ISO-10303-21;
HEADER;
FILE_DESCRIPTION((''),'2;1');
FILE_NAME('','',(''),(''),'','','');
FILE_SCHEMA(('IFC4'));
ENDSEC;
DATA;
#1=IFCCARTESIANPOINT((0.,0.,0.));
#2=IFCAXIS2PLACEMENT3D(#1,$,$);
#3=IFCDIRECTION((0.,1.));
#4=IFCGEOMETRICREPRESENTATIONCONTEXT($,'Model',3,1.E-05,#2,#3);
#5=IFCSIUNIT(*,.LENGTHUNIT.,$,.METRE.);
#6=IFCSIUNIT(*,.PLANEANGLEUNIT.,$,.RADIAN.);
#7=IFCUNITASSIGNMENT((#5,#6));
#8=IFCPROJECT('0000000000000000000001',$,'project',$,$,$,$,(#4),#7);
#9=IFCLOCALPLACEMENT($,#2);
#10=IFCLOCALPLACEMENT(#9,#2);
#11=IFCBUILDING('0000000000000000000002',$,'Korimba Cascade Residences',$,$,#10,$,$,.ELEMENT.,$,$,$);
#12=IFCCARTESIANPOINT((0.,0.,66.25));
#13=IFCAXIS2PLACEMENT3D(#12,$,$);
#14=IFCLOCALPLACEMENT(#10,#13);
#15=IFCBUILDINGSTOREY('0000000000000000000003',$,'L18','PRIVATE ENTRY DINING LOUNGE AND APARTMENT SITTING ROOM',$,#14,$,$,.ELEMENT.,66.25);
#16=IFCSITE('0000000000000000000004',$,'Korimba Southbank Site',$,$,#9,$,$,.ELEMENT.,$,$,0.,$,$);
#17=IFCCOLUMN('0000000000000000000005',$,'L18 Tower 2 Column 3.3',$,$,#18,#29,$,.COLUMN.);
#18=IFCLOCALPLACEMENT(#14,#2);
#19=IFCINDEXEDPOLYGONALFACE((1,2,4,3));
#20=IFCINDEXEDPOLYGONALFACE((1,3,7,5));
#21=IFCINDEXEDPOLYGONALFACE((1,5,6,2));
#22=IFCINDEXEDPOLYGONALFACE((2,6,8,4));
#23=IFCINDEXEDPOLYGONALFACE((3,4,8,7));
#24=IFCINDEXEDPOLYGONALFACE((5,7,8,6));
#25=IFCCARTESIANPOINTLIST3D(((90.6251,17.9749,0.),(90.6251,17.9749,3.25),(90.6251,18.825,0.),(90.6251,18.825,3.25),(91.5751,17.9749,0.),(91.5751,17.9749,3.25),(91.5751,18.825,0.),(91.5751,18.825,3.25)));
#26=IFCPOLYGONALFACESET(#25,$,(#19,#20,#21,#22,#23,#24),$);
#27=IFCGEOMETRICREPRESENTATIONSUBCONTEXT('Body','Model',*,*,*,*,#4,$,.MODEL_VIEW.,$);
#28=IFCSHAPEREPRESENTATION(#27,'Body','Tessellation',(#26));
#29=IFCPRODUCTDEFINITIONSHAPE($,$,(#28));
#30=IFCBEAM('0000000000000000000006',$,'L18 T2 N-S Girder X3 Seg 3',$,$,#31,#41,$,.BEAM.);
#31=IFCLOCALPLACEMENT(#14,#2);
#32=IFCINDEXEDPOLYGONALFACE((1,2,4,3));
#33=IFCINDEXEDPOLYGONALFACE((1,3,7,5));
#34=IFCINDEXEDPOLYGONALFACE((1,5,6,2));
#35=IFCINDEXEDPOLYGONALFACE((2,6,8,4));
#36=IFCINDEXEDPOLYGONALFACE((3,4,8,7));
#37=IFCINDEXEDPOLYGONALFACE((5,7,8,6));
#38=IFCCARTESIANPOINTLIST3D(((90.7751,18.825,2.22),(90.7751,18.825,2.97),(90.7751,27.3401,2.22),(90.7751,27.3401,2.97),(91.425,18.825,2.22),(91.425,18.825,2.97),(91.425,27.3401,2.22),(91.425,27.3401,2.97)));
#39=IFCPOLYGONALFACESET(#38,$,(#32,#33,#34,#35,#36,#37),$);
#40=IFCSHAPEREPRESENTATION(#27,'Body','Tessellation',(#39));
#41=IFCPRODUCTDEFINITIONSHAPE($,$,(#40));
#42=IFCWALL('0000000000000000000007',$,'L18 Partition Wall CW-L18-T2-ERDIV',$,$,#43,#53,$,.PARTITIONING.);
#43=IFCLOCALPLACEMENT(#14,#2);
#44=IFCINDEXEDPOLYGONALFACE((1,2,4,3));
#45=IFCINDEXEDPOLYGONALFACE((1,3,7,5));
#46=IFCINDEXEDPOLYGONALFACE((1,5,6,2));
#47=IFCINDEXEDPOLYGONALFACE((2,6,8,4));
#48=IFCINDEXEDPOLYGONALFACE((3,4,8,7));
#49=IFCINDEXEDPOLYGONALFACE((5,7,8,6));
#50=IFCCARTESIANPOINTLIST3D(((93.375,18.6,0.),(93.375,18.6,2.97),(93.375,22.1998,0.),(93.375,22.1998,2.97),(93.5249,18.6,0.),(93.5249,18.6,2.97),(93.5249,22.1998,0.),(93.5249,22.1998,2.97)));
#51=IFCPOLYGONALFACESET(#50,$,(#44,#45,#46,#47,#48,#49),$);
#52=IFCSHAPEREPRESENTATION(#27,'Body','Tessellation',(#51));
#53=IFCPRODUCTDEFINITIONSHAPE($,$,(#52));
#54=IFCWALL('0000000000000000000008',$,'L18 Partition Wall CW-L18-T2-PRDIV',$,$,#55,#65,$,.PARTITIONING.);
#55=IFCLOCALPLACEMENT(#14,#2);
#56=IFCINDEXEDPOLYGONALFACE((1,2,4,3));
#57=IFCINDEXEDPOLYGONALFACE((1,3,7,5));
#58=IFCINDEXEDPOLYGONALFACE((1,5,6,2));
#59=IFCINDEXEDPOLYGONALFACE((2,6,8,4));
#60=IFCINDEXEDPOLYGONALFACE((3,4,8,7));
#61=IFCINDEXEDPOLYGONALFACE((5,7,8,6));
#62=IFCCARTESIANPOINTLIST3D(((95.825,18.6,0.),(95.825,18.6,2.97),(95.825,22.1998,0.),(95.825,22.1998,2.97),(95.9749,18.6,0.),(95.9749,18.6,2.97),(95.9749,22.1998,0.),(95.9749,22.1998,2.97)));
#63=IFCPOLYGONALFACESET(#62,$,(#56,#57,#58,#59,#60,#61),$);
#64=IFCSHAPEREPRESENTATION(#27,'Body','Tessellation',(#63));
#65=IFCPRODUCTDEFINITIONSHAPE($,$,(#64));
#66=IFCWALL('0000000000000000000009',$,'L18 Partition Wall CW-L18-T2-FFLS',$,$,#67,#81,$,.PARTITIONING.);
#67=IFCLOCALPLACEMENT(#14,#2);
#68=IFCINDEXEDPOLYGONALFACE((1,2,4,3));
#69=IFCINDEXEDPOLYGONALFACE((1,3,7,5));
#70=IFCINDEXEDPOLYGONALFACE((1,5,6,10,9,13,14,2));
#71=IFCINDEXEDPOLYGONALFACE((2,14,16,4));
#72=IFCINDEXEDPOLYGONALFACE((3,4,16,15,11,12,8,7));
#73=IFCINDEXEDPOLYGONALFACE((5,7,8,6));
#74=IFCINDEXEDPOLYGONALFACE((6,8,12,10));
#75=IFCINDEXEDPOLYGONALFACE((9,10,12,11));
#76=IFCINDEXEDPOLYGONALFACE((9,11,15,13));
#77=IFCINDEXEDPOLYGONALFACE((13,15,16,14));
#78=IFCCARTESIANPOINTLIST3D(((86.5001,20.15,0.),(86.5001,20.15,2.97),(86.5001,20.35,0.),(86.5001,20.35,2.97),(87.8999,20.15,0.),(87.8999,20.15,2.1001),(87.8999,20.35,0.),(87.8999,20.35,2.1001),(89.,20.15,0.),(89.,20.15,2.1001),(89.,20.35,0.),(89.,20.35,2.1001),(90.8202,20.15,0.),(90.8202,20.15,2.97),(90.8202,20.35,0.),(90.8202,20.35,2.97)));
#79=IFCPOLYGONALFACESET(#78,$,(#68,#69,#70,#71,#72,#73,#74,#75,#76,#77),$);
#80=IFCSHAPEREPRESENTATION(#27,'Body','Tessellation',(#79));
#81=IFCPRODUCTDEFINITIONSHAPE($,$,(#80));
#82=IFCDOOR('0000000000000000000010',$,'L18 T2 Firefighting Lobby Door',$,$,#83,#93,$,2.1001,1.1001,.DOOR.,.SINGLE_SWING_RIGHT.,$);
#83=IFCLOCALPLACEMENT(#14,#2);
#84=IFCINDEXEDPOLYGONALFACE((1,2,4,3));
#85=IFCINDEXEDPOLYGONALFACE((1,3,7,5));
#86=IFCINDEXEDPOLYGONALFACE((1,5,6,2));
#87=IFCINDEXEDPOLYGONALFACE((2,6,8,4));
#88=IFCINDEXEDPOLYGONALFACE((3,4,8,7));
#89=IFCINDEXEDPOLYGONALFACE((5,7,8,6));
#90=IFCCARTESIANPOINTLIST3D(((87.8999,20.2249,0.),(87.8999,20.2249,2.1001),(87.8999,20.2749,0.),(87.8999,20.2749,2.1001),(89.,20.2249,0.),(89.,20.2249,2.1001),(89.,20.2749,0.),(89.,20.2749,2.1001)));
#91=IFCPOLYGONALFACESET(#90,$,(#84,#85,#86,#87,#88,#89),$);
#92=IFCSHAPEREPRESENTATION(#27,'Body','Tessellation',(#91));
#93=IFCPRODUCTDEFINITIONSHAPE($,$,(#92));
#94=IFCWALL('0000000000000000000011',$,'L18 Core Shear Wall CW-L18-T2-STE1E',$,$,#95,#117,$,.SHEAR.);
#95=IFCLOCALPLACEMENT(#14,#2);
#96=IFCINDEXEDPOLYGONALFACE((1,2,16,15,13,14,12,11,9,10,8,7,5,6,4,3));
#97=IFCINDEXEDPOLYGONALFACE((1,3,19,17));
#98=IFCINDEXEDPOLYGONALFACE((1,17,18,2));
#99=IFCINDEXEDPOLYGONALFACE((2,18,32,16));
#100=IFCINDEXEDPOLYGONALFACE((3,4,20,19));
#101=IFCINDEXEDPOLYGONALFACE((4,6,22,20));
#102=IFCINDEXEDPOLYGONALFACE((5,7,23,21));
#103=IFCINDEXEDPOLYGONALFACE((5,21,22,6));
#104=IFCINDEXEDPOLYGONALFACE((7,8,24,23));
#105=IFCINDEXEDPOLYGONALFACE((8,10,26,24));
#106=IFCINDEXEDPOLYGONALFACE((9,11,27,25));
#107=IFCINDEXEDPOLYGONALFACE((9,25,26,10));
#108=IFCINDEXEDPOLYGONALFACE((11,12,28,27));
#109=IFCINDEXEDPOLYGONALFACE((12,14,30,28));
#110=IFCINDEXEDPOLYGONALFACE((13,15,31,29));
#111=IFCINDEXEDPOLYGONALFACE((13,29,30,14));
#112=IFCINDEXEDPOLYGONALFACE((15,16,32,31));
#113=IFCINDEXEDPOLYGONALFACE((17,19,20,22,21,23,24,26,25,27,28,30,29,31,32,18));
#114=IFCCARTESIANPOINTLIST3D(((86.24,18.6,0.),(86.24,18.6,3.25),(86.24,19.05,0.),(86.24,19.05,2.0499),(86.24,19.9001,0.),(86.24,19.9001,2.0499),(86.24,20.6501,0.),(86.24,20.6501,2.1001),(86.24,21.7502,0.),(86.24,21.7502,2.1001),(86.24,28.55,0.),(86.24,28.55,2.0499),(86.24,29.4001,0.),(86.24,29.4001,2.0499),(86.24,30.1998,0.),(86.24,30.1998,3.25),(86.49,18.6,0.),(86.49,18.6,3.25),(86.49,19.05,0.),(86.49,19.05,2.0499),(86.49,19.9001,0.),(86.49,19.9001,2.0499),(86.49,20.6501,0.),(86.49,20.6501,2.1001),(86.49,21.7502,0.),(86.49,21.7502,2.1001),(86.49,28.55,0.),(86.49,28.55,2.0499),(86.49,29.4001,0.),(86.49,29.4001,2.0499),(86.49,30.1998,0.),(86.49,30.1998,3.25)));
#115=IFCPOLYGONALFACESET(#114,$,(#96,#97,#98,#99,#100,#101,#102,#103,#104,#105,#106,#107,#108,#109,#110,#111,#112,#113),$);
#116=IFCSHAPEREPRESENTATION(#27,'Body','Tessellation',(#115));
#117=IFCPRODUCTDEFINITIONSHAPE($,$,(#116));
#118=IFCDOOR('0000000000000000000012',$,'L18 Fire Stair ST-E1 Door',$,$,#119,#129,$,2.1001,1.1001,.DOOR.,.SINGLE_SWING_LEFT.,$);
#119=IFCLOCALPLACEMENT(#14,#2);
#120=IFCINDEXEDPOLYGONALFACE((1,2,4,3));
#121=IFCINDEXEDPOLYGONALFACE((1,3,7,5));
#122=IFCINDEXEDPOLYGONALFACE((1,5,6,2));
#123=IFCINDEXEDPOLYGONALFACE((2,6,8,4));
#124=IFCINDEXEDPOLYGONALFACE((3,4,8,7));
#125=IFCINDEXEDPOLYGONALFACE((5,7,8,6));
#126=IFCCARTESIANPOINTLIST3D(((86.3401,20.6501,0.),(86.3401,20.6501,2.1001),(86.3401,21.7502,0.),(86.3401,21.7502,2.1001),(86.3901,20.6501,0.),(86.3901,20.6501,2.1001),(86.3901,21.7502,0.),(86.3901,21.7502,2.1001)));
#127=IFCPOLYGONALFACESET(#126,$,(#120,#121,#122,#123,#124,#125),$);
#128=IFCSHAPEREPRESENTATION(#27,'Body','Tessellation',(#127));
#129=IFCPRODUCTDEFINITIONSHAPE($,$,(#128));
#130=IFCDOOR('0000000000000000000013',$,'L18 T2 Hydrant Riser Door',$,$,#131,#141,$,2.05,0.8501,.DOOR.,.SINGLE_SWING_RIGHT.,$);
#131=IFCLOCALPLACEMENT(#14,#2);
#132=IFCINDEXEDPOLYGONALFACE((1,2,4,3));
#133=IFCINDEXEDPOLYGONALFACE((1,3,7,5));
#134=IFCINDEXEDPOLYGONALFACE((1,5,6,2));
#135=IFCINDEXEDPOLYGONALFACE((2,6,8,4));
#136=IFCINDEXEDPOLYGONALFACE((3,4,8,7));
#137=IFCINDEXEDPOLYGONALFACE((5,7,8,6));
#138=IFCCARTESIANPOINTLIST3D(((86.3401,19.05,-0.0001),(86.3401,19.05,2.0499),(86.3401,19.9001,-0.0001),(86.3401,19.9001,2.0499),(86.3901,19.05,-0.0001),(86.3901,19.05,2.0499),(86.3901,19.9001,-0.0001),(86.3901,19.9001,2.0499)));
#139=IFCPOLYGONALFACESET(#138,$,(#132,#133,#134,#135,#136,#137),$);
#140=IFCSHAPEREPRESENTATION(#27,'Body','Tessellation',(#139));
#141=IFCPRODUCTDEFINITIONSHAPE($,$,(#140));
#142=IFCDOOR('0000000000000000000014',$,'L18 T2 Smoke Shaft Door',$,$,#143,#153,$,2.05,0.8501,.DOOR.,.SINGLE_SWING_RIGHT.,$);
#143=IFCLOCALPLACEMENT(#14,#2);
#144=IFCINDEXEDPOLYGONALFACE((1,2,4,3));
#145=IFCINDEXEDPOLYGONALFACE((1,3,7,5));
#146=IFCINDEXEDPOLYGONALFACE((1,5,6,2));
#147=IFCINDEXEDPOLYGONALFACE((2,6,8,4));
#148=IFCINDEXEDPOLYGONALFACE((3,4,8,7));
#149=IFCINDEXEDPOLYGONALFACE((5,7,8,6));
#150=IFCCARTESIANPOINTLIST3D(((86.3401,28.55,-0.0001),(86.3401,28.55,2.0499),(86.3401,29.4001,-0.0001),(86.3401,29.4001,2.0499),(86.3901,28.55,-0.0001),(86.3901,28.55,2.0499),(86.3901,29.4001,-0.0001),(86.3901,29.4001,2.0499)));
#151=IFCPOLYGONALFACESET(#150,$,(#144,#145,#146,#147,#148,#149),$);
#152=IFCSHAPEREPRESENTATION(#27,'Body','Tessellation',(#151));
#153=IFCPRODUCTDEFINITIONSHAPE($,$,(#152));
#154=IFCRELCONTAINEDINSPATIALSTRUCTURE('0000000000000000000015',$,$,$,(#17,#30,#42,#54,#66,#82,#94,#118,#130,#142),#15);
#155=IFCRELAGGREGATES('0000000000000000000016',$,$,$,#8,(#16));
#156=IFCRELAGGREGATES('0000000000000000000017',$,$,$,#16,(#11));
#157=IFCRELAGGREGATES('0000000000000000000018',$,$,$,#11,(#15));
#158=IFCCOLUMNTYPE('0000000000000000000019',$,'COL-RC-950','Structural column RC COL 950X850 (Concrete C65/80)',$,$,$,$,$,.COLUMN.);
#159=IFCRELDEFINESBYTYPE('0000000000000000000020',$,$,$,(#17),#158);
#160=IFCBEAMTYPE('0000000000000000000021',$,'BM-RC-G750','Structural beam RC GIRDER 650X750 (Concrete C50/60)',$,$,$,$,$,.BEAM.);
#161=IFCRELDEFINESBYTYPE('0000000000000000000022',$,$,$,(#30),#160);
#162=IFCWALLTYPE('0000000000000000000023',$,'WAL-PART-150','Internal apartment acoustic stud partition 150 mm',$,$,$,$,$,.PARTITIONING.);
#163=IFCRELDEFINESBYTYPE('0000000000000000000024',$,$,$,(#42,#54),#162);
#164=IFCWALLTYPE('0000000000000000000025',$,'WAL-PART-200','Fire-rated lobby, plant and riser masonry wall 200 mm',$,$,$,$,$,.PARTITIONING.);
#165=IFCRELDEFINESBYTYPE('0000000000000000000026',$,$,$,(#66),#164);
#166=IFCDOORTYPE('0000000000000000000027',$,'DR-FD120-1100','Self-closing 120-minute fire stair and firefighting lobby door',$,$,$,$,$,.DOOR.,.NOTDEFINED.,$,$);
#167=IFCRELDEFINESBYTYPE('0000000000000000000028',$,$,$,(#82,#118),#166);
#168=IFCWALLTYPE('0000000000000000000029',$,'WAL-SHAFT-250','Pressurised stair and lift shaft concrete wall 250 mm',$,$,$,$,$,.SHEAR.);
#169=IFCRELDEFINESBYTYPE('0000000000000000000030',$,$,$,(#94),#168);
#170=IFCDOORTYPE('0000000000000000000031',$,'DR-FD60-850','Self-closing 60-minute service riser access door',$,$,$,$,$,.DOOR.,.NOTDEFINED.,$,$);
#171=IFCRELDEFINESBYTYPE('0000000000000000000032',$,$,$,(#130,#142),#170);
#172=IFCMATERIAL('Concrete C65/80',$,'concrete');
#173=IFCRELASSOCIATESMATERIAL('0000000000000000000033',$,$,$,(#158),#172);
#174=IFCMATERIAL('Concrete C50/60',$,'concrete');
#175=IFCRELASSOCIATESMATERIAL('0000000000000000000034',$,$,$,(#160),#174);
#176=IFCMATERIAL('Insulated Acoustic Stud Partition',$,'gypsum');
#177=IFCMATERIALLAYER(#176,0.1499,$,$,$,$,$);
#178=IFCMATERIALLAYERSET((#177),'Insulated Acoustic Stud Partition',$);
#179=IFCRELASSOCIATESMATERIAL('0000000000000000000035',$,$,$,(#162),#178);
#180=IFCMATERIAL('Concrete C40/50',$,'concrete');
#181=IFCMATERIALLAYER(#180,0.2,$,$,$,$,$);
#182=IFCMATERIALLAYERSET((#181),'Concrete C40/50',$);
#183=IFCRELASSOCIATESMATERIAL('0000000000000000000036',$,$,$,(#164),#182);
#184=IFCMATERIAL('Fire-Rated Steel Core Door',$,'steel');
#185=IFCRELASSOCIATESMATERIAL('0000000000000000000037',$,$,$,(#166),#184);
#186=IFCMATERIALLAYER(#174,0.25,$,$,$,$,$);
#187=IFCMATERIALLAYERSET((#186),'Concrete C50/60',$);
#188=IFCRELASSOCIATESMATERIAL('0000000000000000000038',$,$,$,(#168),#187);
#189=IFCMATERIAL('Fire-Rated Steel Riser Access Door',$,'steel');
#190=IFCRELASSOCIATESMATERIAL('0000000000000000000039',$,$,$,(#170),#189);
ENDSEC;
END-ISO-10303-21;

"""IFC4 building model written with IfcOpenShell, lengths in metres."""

from ifc_helpers import new_model, si_unit, direction, frame, frame_2d, origin, origin_2d, place, context, subcontext, project, spatial, rectangle, extrude, material, layer, layer_set, material_profile, profile_set, type_object, element, fill, save


model = new_model("IFC4")

# Units and contexts
model_context = context("Model", 3, precision=1e-05, world=origin(), true_north=direction((0.0, 1.0)))
body_context = subcontext(model_context, "Body", "Model", "MODEL_VIEW")
ifc_project = project(units=[si_unit("LENGTHUNIT", "METRE"), si_unit("PLANEANGLEUNIT", "RADIAN")], contexts=[model_context])

# Site, building, storey
site_placement = place(None, origin())
site = spatial("IfcSite", under=ifc_project, at=site_placement, Name="Korimba Southbank Site", CompositionType="ELEMENT", RefElevation=0.0)
building_placement = place(site_placement, origin())
building = spatial("IfcBuilding", under=site, at=building_placement, Name="Korimba Cascade Residences", CompositionType="ELEMENT")
storey_placement = place(building_placement, frame((0.0, 0.0, 66.25)))
storey = spatial("IfcBuildingStorey", under=building, at=storey_placement, Name="L18", Description="PRIVATE ENTRY DINING LOUNGE AND APARTMENT SITTING ROOM", CompositionType="ELEMENT", Elevation=66.25)

# Column
ifc_material_1 = material(Name="Concrete C65/80", Category="concrete")
ifc_material_profile_1 = material_profile(ifc_material_1, rectangle(XDim=0.95, YDim=0.8501, at=origin_2d()), Name="Concrete C65/80")
ifc_profile_set_1 = profile_set([ifc_material_profile_1], Name="Concrete C65/80")
column_type = type_object("IfcColumnType", Name="COL-RC-950", Description="Structural column RC COL 950X850 (Concrete C65/80)", PredefinedType="COLUMN", material=ifc_profile_set_1)
column_placement = place(storey_placement, frame((91.1001, 18.3999, 0.0), z_axis=(0.0, 0.0, 1.0), x_axis=(1.0, 0.0, 0.0)))
element("IfcColumn", 1, at=column_placement, inside=storey, type_object=column_type, Name="L18 Tower 2 Column 3.3", PredefinedType="COLUMN", context=body_context, shape_type="SweptSolid", body=[
    extrude(rectangle(XDim=0.95, YDim=0.8501, at=origin_2d()), origin(), (0.0, 0.0, 1.0), 3.25),
])

# Beam
ifc_material_2 = material(Name="Concrete C50/60", Category="concrete")
ifc_material_profile_2 = material_profile(ifc_material_2, rectangle(XDim=0.6499, YDim=0.75, at=origin_2d()), Name="Concrete C50/60")
ifc_profile_set_2 = profile_set([ifc_material_profile_2], Name="Concrete C50/60")
beam_type = type_object("IfcBeamType", Name="BM-RC-G750", Description="Structural beam RC GIRDER 650X750 (Concrete C50/60)", PredefinedType="BEAM", material=ifc_profile_set_2)
beam_placement = place(storey_placement, frame((91.1001, 18.825, 2.595), z_axis=(0.0, 1.0, 0.0), x_axis=(-1.0, 0.0, 0.0)))
element("IfcBeam", 2, at=beam_placement, inside=storey, type_object=beam_type, Name="L18 T2 N-S Girder X3 Seg 3", PredefinedType="BEAM", context=body_context, shape_type="SweptSolid", body=[
    extrude(rectangle(XDim=0.6499, YDim=0.75, at=origin_2d()), origin(), (0.0, 0.0, 1.0), 8.5151),
])

# Walls
ifc_material_3 = material(Name="Insulated Acoustic Stud Partition", Category="gypsum")
ifc_layer_1 = layer(ifc_material_3, 0.1499)
ifc_layer_set_1 = layer_set([ifc_layer_1], Name="Insulated Acoustic Stud Partition")
wall_type_1 = type_object("IfcWallType", Name="WAL-PART-150", Description="Internal apartment acoustic stud partition 150 mm", PredefinedType="PARTITIONING", material=ifc_layer_set_1)
for number, where, z_axis, x_axis, name in (
    (3, (93.45, 18.6001, 0.0), (0.0, 0.0, 1.0), (0.0, 1.0, 0.0), "L18 Partition Wall CW-L18-T2-ERDIV"),
    (4, (95.8999, 18.6001, 0.0), (0.0, 0.0, 1.0), (0.0, 1.0, 0.0), "L18 Partition Wall CW-L18-T2-PRDIV"),
):
    element("IfcWall", number, at=place(storey_placement, frame(where, z_axis=z_axis, x_axis=x_axis)), inside=storey, type_object=wall_type_1, Name=name, PredefinedType="PARTITIONING", context=body_context, shape_type="SweptSolid", body=[
        extrude(rectangle(XDim=3.5999, YDim=0.1499, at=frame_2d((1.7998, 0.0))), origin(), (0.0, 0.0, 1.0), 2.97),
    ])

# Wall, opening, door
ifc_material_4 = material(Name="Concrete C40/50", Category="concrete")
ifc_layer_2 = layer(ifc_material_4, 0.2)
ifc_layer_set_2 = layer_set([ifc_layer_2], Name="Concrete C40/50")
wall_type_2 = type_object("IfcWallType", Name="WAL-PART-200", Description="Fire-rated lobby, plant and riser masonry wall 200 mm", PredefinedType="PARTITIONING", material=ifc_layer_set_2)
wall_1_placement = place(storey_placement, frame((86.5, 20.25, 0.0), z_axis=(0.0, 0.0, 1.0), x_axis=(1.0, 0.0, 0.0)))
wall_1 = element("IfcWall", 5, at=wall_1_placement, inside=storey, type_object=wall_type_2, Name="L18 Partition Wall CW-L18-T2-FFLS", PredefinedType="PARTITIONING", context=body_context, shape_type="SweptSolid", body=[
    extrude(rectangle(XDim=4.3201, YDim=0.2, at=frame_2d((2.1602, 0.0))), origin(), (0.0, 0.0, 1.0), 2.97),
])
opening_1_placement = place(wall_1_placement, frame((1.3999, 0.0, 0.0)))
opening_1 = element("IfcOpeningElement", 6, at=opening_1_placement, cuts=wall_1, PredefinedType="OPENING", context=body_context, shape_type="SweptSolid", body=[
    extrude(rectangle(XDim=1.1001, YDim=2.1001, at=frame_2d((0.55, 1.05))), frame((0.0, 0.1099, 0.0), z_axis=(0.0, -1.0, 0.0), x_axis=(1.0, 0.0, 0.0)), (0.0, 0.0, 1.0), 0.22),
])
ifc_material_5 = material(Name="Fire-Rated Steel Core Door", Category="steel")
door_type_1 = type_object("IfcDoorType", Name="DR-FD120-1100", Description="Self-closing 120-minute fire stair and firefighting lobby door", OperationType="NOTDEFINED", PredefinedType="DOOR", material=ifc_material_5)
door_1_placement = place(opening_1_placement, origin())
door_1 = element("IfcDoor", 7, at=door_1_placement, inside=storey, type_object=door_type_1, Name="L18 T2 Firefighting Lobby Door", OperationType="SINGLE_SWING_RIGHT", OverallHeight=2.1001, OverallWidth=1.1001, PredefinedType="DOOR", context=body_context, shape_type="SweptSolid", body=[
    extrude(rectangle(XDim=1.1001, YDim=2.1001, at=frame_2d((0.55, 1.05))), frame((0.0, 0.0249, 0.0), z_axis=(0.0, -1.0, 0.0), x_axis=(1.0, 0.0, 0.0)), (0.0, 0.0, 1.0), 0.05),
])
fill(opening_1, door_1)

# Wall, openings, doors
ifc_layer_3 = layer(ifc_material_2, 0.25)
ifc_layer_set_3 = layer_set([ifc_layer_3], Name="Concrete C50/60")
wall_type_3 = type_object("IfcWallType", Name="WAL-SHAFT-250", Description="Pressurised stair and lift shaft concrete wall 250 mm", PredefinedType="SHEAR", material=ifc_layer_set_3)
wall_2_placement = place(storey_placement, frame((86.365, 18.6001, 0.0), z_axis=(0.0, 0.0, 1.0), x_axis=(0.0, 1.0, 0.0)))
wall_2 = element("IfcWall", 8, at=wall_2_placement, inside=storey, type_object=wall_type_3, Name="L18 Core Shear Wall CW-L18-T2-STE1E", PredefinedType="SHEAR", context=body_context, shape_type="SweptSolid", body=[
    extrude(rectangle(XDim=11.5999, YDim=0.25, at=frame_2d((5.7998, 0.0))), origin(), (0.0, 0.0, 1.0), 3.25),
])
opening_2_placement = place(wall_2_placement, frame((0.45, 0.0, 0.0)))
opening_2 = element("IfcOpeningElement", 9, at=opening_2_placement, cuts=wall_2, PredefinedType="OPENING", context=body_context, shape_type="SweptSolid", body=[
    extrude(rectangle(XDim=0.8501, YDim=2.05, at=frame_2d((0.425, 1.0249))), frame((0.0, 0.135, 0.0), z_axis=(0.0, -1.0, 0.0), x_axis=(1.0, 0.0, 0.0)), (0.0, 0.0, 1.0), 0.27),
])
opening_3_placement = place(wall_2_placement, frame((2.05, 0.0, 0.0)))
opening_3 = element("IfcOpeningElement", 10, at=opening_3_placement, cuts=wall_2, PredefinedType="OPENING", context=body_context, shape_type="SweptSolid", body=[
    extrude(rectangle(XDim=1.1001, YDim=2.1001, at=frame_2d((0.55, 1.05))), frame((0.0, 0.135, 0.0), z_axis=(0.0, -1.0, 0.0), x_axis=(1.0, 0.0, 0.0)), (0.0, 0.0, 1.0), 0.27),
])
opening_4_placement = place(wall_2_placement, frame((9.95, 0.0, 0.0)))
opening_4 = element("IfcOpeningElement", 11, at=opening_4_placement, cuts=wall_2, PredefinedType="OPENING", context=body_context, shape_type="SweptSolid", body=[
    extrude(rectangle(XDim=0.8501, YDim=2.05, at=frame_2d((0.425, 1.0249))), frame((0.0, 0.135, 0.0), z_axis=(0.0, -1.0, 0.0), x_axis=(1.0, 0.0, 0.0)), (0.0, 0.0, 1.0), 0.27),
])
door_2_placement = place(opening_3_placement, origin())
door_2 = element("IfcDoor", 12, at=door_2_placement, inside=storey, type_object=door_type_1, Name="L18 Fire Stair ST-E1 Door", OperationType="SINGLE_SWING_LEFT", OverallHeight=2.1001, OverallWidth=1.1001, PredefinedType="DOOR", context=body_context, shape_type="SweptSolid", body=[
    extrude(rectangle(XDim=1.1001, YDim=2.1001, at=frame_2d((0.55, 1.05))), frame((0.0, 0.0249, 0.0), z_axis=(0.0, -1.0, 0.0), x_axis=(1.0, 0.0, 0.0)), (0.0, 0.0, 1.0), 0.05),
])
fill(opening_3, door_2)
ifc_material_6 = material(Name="Fire-Rated Steel Riser Access Door", Category="steel")
door_type_2 = type_object("IfcDoorType", Name="DR-FD60-850", Description="Self-closing 60-minute service riser access door", OperationType="NOTDEFINED", PredefinedType="DOOR", material=ifc_material_6)
door_3_placement = place(opening_2_placement, origin())
door_3 = element("IfcDoor", 13, at=door_3_placement, inside=storey, type_object=door_type_2, Name="L18 T2 Hydrant Riser Door", OperationType="SINGLE_SWING_RIGHT", OverallHeight=2.05, OverallWidth=0.8501, PredefinedType="DOOR", context=body_context, shape_type="SweptSolid", body=[
    extrude(rectangle(XDim=0.8501, YDim=2.05, at=frame_2d((0.425, 1.0249))), frame((0.0, 0.0249, 0.0), z_axis=(0.0, -1.0, 0.0), x_axis=(1.0, 0.0, 0.0)), (0.0, 0.0, 1.0), 0.05),
])
fill(opening_2, door_3)
door_4_placement = place(opening_4_placement, origin())
door_4 = element("IfcDoor", 14, at=door_4_placement, inside=storey, type_object=door_type_2, Name="L18 T2 Smoke Shaft Door", OperationType="SINGLE_SWING_RIGHT", OverallHeight=2.05, OverallWidth=0.8501, PredefinedType="DOOR", context=body_context, shape_type="SweptSolid", body=[
    extrude(rectangle(XDim=0.8501, YDim=2.05, at=frame_2d((0.425, 1.0249))), frame((0.0, 0.0249, 0.0), z_axis=(0.0, -1.0, 0.0), x_axis=(1.0, 0.0, 0.0)), (0.0, 0.0, 1.0), 0.05),
])
fill(opening_4, door_4)

save(model, "model.ifc")
